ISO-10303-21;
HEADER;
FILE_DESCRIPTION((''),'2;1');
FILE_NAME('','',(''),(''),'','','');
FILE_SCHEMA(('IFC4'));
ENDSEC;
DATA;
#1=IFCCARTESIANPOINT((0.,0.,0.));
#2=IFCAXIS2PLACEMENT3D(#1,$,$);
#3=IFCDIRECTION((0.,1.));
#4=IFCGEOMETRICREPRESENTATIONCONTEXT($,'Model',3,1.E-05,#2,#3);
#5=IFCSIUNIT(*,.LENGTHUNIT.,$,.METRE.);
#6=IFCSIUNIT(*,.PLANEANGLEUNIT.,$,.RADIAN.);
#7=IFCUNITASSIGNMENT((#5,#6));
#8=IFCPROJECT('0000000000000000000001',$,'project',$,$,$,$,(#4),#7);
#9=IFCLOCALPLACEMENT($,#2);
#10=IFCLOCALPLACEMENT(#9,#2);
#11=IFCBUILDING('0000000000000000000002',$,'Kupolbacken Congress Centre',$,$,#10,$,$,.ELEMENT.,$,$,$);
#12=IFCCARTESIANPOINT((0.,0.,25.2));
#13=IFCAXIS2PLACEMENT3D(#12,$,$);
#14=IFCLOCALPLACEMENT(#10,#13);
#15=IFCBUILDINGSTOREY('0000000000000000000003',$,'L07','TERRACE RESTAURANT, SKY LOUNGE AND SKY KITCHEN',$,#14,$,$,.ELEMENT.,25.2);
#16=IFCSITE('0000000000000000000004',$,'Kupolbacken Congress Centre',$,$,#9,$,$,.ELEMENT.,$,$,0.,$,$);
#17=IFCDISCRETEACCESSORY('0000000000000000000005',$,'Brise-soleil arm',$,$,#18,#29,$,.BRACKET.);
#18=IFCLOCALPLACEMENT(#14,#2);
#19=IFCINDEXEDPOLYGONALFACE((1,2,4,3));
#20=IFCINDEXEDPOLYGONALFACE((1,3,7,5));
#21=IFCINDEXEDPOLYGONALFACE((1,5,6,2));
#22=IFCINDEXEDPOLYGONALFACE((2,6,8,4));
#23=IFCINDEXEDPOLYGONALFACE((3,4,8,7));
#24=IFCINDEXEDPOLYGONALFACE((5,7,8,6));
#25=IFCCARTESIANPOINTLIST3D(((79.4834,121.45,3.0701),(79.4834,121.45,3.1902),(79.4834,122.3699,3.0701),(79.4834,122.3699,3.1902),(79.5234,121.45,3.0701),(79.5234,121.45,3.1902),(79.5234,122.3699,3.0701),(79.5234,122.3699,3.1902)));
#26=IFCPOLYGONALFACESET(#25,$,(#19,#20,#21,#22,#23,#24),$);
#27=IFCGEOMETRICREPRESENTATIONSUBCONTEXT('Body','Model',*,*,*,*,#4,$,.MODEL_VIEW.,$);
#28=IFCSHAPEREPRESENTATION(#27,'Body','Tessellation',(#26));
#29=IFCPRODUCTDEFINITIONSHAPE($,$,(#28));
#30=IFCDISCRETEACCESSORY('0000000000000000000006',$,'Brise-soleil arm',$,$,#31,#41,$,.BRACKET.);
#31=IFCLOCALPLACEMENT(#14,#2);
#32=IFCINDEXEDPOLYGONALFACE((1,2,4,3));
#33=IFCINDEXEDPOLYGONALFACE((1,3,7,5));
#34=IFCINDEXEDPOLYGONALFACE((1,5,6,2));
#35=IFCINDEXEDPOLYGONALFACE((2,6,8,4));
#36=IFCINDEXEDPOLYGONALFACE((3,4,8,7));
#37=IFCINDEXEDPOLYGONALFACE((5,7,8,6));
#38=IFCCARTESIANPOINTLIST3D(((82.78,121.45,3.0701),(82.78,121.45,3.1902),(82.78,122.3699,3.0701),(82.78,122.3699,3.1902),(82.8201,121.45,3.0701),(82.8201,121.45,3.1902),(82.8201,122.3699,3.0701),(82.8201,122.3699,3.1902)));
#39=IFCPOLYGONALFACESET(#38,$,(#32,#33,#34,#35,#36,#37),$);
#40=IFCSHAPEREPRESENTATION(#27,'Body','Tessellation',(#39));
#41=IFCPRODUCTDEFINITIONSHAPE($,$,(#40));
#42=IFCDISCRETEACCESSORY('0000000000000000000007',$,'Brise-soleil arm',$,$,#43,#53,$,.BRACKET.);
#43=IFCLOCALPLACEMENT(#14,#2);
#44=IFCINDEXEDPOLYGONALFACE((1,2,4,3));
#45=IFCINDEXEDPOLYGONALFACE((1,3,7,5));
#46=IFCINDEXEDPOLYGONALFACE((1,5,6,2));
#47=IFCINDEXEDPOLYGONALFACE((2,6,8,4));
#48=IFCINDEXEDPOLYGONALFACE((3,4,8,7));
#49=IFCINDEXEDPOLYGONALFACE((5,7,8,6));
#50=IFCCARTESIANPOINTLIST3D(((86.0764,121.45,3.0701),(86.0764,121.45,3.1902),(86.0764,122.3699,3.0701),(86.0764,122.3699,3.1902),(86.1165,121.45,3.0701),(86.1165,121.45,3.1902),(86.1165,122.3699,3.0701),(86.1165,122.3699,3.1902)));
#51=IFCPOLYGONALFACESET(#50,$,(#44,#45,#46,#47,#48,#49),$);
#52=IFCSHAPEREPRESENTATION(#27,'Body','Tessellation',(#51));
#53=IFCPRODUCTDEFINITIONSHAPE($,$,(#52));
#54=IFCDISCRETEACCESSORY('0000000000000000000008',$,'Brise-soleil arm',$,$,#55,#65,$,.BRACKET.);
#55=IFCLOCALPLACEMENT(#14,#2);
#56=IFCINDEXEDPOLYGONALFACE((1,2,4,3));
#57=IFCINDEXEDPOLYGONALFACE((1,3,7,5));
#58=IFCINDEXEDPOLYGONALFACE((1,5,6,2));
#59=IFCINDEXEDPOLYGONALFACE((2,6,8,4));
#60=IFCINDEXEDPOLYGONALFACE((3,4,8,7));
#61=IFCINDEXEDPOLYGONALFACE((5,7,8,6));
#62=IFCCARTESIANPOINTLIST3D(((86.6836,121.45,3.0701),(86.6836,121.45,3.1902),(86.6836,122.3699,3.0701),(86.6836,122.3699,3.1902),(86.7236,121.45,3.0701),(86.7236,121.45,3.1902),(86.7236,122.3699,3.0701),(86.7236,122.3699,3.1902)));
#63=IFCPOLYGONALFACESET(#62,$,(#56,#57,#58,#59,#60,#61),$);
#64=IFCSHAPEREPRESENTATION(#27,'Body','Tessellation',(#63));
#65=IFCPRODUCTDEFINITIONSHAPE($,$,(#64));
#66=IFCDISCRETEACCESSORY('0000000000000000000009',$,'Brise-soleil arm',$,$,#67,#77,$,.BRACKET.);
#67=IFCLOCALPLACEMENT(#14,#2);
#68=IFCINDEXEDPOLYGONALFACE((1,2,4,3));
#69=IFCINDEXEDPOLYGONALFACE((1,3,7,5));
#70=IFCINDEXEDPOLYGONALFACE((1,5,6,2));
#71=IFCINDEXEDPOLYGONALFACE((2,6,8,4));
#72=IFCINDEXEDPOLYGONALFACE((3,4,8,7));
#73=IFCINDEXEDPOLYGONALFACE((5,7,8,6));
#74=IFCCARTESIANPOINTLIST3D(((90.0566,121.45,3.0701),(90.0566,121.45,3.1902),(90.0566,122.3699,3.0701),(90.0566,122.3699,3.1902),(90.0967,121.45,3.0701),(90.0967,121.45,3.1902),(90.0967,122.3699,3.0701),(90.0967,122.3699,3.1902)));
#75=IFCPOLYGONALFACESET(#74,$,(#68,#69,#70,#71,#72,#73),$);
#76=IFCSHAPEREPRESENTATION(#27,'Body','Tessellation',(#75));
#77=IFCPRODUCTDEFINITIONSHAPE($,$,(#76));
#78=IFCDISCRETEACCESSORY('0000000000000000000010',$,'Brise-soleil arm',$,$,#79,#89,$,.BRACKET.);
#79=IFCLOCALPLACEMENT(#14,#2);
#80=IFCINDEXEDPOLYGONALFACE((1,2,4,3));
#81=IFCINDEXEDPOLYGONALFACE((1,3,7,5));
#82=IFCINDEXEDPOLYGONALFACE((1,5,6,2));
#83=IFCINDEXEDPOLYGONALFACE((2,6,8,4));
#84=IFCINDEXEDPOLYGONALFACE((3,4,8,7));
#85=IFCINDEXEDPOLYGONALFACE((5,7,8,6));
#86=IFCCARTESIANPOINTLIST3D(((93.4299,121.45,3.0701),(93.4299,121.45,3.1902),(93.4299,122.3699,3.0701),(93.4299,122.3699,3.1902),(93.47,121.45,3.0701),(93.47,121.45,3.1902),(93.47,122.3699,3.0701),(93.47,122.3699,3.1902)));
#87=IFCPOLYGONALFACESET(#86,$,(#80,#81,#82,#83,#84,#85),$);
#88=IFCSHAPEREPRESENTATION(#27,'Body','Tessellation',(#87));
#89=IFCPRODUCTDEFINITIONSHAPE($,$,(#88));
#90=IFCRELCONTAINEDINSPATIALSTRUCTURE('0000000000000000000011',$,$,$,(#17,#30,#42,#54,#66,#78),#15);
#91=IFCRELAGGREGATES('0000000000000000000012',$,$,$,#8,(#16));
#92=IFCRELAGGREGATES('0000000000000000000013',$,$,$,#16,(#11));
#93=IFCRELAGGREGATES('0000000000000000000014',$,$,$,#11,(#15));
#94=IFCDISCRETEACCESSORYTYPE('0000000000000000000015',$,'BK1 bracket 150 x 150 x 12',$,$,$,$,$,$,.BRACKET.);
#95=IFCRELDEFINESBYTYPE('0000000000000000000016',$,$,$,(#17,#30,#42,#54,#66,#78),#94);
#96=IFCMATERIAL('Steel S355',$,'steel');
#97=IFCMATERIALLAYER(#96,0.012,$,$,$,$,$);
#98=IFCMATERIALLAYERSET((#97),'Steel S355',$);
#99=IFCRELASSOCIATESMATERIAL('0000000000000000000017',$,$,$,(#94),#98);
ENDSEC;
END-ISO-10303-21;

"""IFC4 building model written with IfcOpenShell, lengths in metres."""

from ifc_helpers import new_model, si_unit, direction, frame, origin, origin_2d, place, context, subcontext, project, spatial, rectangle, extrude, material, layer, layer_set, type_object, element, save


model = new_model("IFC4")

# Units and contexts
model_context = context("Model", 3, precision=1e-05, world=origin(), true_north=direction((0.0, 1.0)))
body_context = subcontext(model_context, "Body", "Model", "MODEL_VIEW")
ifc_project = project(units=[si_unit("LENGTHUNIT", "METRE"), si_unit("PLANEANGLEUNIT", "RADIAN")], contexts=[model_context])

# Site, building, storey
site_placement = place(None, origin())
site = spatial("IfcSite", under=ifc_project, at=site_placement, Name="Kupolbacken Congress Centre", CompositionType="ELEMENT", RefElevation=0.0)
building_placement = place(site_placement, origin())
building = spatial("IfcBuilding", under=site, at=building_placement, Name="Kupolbacken Congress Centre", CompositionType="ELEMENT")
storey_placement = place(building_placement, frame((0.0, 0.0, 25.2)))
storey = spatial("IfcBuildingStorey", under=building, at=storey_placement, Name="L07", Description="TERRACE RESTAURANT, SKY LOUNGE AND SKY KITCHEN", CompositionType="ELEMENT", Elevation=25.2)

# Discrete accessories
ifc_material_1 = material(Name="Steel S355", Category="steel")
ifc_layer_1 = layer(ifc_material_1, 0.012)
ifc_layer_set_1 = layer_set([ifc_layer_1], Name="Steel S355")
discrete_accessory_type = type_object("IfcDiscreteAccessoryType", Name="BK1 bracket 150 x 150 x 12", PredefinedType="BRACKET", material=ifc_layer_set_1)
for number, where, z_axis, x_axis, name in (
    (1, (79.5034, 121.9099, 3.0701), (0.0, 0.0, 1.0), (1.0, 0.0, 0.0), "Brise-soleil arm"),
    (2, (82.8, 121.9099, 3.0701), (0.0, 0.0, 1.0), (1.0, 0.0, 0.0), "Brise-soleil arm"),
    (3, (86.0964, 121.9099, 3.0701), (0.0, 0.0, 1.0), (1.0, 0.0, 0.0), "Brise-soleil arm"),
    (4, (86.7036, 121.9099, 3.0701), (0.0, 0.0, 1.0), (1.0, 0.0, 0.0), "Brise-soleil arm"),
    (5, (90.0767, 121.9099, 3.0701), (0.0, 0.0, 1.0), (1.0, 0.0, 0.0), "Brise-soleil arm"),
    (6, (93.45, 121.9099, 3.0701), (0.0, 0.0, 1.0), (1.0, 0.0, 0.0), "Brise-soleil arm"),
):
    element("IfcDiscreteAccessory", number, at=place(storey_placement, frame(where, z_axis=z_axis, x_axis=x_axis)), inside=storey, type_object=discrete_accessory_type, Name=name, PredefinedType="BRACKET", context=body_context, shape_type="SweptSolid", body=[
        extrude(rectangle(XDim=0.04, YDim=0.9199, at=origin_2d()), origin(), (0.0, 0.0, 1.0), 0.1201),
    ])

save(model, "model.ifc")
